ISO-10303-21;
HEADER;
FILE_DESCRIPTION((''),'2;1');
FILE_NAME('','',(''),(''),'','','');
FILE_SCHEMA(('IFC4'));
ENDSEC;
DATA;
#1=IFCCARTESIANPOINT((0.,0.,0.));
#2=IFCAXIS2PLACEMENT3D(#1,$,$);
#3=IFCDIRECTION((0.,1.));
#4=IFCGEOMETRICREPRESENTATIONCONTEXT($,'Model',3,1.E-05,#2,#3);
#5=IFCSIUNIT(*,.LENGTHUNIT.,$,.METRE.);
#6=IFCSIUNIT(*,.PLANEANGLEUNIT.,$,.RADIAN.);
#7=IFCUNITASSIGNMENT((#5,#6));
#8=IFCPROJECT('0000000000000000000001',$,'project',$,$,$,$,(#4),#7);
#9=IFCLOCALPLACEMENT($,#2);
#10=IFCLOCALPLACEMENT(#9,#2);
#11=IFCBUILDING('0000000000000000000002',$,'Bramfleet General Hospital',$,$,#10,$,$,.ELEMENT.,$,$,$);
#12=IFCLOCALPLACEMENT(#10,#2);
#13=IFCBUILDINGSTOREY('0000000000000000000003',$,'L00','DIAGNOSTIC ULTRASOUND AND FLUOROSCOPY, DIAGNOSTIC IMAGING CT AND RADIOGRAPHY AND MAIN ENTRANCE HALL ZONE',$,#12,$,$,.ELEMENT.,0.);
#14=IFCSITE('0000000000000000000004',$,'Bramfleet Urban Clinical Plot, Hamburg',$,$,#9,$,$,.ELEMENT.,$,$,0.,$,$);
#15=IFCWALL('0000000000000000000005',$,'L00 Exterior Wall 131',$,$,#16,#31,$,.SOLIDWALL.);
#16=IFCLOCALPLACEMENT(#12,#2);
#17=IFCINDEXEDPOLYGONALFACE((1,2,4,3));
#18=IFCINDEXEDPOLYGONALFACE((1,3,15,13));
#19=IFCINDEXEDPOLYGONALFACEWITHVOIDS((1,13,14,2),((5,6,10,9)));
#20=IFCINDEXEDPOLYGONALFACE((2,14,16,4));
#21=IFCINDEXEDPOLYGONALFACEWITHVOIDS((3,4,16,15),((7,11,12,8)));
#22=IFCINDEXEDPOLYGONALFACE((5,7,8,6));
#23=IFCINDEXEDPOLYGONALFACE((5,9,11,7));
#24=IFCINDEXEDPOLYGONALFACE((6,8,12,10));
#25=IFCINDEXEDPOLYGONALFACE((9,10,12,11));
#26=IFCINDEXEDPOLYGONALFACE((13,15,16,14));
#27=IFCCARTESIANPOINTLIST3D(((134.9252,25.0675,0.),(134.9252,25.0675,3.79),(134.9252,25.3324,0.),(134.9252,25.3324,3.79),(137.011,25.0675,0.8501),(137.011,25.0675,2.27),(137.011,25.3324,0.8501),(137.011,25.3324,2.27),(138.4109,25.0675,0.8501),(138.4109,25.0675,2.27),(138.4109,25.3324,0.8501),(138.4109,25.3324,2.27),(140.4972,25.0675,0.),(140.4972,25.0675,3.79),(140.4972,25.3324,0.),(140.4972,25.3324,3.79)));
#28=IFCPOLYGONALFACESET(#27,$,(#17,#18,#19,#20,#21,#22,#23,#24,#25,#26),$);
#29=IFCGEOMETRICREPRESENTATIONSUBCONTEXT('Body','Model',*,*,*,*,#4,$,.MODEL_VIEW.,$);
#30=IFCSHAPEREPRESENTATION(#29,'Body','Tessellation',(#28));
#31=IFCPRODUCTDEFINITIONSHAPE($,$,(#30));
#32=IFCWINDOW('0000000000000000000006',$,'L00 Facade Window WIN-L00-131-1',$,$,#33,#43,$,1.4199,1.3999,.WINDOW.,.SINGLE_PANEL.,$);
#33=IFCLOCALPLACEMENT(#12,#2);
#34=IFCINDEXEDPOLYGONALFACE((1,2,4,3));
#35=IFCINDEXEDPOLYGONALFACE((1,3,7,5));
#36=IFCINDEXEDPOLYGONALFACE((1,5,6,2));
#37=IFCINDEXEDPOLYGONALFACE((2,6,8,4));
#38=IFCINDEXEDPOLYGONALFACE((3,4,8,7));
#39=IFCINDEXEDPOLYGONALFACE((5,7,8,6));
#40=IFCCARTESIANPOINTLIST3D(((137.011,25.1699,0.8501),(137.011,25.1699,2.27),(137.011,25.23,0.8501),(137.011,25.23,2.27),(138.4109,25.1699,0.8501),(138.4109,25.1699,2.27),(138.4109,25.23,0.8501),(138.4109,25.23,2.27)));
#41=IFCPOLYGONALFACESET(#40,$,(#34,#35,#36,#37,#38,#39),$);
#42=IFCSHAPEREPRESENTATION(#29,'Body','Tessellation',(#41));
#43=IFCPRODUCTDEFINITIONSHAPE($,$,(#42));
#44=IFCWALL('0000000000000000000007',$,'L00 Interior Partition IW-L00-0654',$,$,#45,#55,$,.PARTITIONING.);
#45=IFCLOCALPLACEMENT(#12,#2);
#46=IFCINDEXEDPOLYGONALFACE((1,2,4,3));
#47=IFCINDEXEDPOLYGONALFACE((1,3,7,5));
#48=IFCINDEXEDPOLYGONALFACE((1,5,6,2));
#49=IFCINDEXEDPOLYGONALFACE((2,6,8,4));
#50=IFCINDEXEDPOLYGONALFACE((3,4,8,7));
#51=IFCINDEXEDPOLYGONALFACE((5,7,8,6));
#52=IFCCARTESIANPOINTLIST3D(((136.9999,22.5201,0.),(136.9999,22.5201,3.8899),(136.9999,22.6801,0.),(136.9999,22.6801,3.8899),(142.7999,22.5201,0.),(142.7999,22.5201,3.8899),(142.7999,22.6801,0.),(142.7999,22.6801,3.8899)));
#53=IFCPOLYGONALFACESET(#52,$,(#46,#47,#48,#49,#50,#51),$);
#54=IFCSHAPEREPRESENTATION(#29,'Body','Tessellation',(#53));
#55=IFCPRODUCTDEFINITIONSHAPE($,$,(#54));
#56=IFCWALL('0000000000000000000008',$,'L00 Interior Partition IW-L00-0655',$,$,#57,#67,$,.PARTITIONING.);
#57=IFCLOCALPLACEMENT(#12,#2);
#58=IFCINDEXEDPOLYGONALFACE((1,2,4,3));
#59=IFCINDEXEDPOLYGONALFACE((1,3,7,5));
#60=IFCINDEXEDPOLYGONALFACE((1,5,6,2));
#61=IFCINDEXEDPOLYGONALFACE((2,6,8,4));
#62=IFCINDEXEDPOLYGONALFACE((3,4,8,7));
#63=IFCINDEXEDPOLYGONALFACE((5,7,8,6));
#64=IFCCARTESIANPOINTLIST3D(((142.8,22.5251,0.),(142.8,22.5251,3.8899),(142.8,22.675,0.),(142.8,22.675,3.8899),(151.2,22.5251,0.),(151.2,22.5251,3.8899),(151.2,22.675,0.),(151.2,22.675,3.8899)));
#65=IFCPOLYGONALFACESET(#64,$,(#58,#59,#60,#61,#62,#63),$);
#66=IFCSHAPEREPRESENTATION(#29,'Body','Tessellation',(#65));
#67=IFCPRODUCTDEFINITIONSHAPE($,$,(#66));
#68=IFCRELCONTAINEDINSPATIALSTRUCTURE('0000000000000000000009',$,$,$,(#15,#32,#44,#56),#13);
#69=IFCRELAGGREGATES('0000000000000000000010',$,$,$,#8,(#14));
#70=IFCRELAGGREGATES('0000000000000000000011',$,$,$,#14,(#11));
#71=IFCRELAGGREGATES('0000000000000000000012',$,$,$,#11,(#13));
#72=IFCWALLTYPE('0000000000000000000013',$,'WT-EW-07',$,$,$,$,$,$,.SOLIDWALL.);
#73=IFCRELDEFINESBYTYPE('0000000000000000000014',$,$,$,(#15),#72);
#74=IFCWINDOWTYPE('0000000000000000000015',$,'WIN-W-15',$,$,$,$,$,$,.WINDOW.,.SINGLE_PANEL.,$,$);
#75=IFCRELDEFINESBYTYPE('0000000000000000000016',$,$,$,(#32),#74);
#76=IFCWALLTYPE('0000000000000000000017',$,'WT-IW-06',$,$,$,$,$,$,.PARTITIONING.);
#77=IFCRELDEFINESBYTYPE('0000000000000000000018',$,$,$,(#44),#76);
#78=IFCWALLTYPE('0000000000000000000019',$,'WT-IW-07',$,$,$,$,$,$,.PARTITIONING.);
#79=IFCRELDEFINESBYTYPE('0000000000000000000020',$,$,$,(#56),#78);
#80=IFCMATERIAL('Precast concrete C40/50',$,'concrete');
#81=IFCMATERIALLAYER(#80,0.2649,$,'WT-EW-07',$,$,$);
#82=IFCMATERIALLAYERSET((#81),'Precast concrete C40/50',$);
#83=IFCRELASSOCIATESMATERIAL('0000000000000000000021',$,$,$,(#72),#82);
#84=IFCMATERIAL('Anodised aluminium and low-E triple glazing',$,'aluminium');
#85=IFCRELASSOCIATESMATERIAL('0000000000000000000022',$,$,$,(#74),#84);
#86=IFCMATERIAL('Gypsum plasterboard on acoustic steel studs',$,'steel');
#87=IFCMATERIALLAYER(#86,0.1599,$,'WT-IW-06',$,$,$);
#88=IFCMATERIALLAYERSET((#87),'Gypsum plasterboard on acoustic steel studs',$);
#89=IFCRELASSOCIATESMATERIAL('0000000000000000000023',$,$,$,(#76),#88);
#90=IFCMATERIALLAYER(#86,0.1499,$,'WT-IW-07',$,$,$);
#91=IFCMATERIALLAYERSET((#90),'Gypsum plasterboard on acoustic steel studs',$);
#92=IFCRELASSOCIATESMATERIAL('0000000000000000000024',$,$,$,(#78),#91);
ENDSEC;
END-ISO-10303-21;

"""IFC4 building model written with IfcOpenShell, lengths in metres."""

from ifc_helpers import new_model, si_unit, direction, frame, frame_2d, origin, place, context, subcontext, project, spatial, rectangle, extrude, material, layer, layer_set, type_object, element, fill, save


model = new_model("IFC4")

# Units and contexts
model_context = context("Model", 3, precision=1e-05, world=origin(), true_north=direction((0.0, 1.0)))
body_context = subcontext(model_context, "Body", "Model", "MODEL_VIEW")
ifc_project = project(units=[si_unit("LENGTHUNIT", "METRE"), si_unit("PLANEANGLEUNIT", "RADIAN")], contexts=[model_context])

# Site, building, storey
site_placement = place(None, origin())
site = spatial("IfcSite", under=ifc_project, at=site_placement, Name="Bramfleet Urban Clinical Plot, Hamburg", CompositionType="ELEMENT", RefElevation=0.0)
building_placement = place(site_placement, origin())
building = spatial("IfcBuilding", under=site, at=building_placement, Name="Bramfleet General Hospital", CompositionType="ELEMENT")
storey_placement = place(building_placement, origin())
storey = spatial("IfcBuildingStorey", under=building, at=storey_placement, Name="L00", Description="DIAGNOSTIC ULTRASOUND AND FLUOROSCOPY, DIAGNOSTIC IMAGING CT AND RADIOGRAPHY AND MAIN ENTRANCE HALL ZONE", CompositionType="ELEMENT", Elevation=0.0)

# Shared definitions
ifc_material_1 = material(Name="Anodised aluminium and low-E triple glazing", Category="aluminium")

# Wall, opening, window
ifc_material_2 = material(Name="Precast concrete C40/50", Category="concrete")
ifc_layer_1 = layer(ifc_material_2, 0.2649, Name="WT-EW-07")
ifc_layer_set_1 = layer_set([ifc_layer_1], Name="Precast concrete C40/50")
wall_type_1 = type_object("IfcWallType", Name="WT-EW-07", PredefinedType="SOLIDWALL", material=ifc_layer_set_1)
wall_1_placement = place(storey_placement, frame((134.925, 25.2, 0.0), z_axis=(0.0, 0.0, 1.0), x_axis=(1.0, 0.0, 0.0)))
wall_1 = element("IfcWall", 1, at=wall_1_placement, inside=storey, type_object=wall_type_1, Name="L00 Exterior Wall 131", PredefinedType="SOLIDWALL", context=body_context, shape_type="SweptSolid", body=[
    extrude(rectangle(XDim=5.572, YDim=0.2649, at=frame_2d((2.7861, 0.0))), origin(), (0.0, 0.0, 1.0), 3.79),
])
opening_1_placement = place(wall_1_placement, frame((2.0859, 0.0, 0.8501)))
opening_1 = element("IfcOpeningElement", 2, at=opening_1_placement, cuts=wall_1, PredefinedType="OPENING", context=body_context, shape_type="SweptSolid", body=[
    extrude(rectangle(XDim=1.3999, YDim=1.4199, at=frame_2d((0.7, 0.71))), frame((0.0, 0.1423, 0.0), z_axis=(0.0, -1.0, 0.0), x_axis=(1.0, 0.0, 0.0)), (0.0, 0.0, 1.0), 0.2849),
])
window_type = type_object("IfcWindowType", Name="WIN-W-15", PartitioningType="SINGLE_PANEL", PredefinedType="WINDOW", material=ifc_material_1)
window_placement = place(opening_1_placement, origin())
window = element("IfcWindow", 3, at=window_placement, inside=storey, type_object=window_type, Name="L00 Facade Window WIN-L00-131-1", OverallHeight=1.4199, OverallWidth=1.3999, PartitioningType="SINGLE_PANEL", PredefinedType="WINDOW", context=body_context, shape_type="SweptSolid", body=[
    extrude(rectangle(XDim=1.3999, YDim=1.4199, at=frame_2d((0.7, 0.71))), frame((0.0, 0.03, 0.0), z_axis=(0.0, -1.0, 0.0), x_axis=(1.0, 0.0, 0.0)), (0.0, 0.0, 1.0), 0.0601),
])
fill(opening_1, window)

# Walls
ifc_material_3 = material(Name="Gypsum plasterboard on acoustic steel studs", Category="steel")
ifc_layer_2 = layer(ifc_material_3, 0.1599, Name="WT-IW-06")
ifc_layer_set_2 = layer_set([ifc_layer_2], Name="Gypsum plasterboard on acoustic steel studs")
wall_type_2 = type_object("IfcWallType", Name="WT-IW-06", PredefinedType="PARTITIONING", material=ifc_layer_set_2)
wall_2_placement = place(storey_placement, frame((137.0, 22.6001, 0.0), z_axis=(0.0, 0.0, 1.0), x_axis=(1.0, 0.0, 0.0)))
element("IfcWall", 4, at=wall_2_placement, inside=storey, type_object=wall_type_2, Name="L00 Interior Partition IW-L00-0654", PredefinedType="PARTITIONING", context=body_context, shape_type="SweptSolid", body=[
    extrude(rectangle(XDim=5.8, YDim=0.1599, at=frame_2d((2.8999, 0.0))), origin(), (0.0, 0.0, 1.0), 3.8899),
])
ifc_layer_3 = layer(ifc_material_3, 0.1499, Name="WT-IW-07")
ifc_layer_set_3 = layer_set([ifc_layer_3], Name="Gypsum plasterboard on acoustic steel studs")
wall_type_3 = type_object("IfcWallType", Name="WT-IW-07", PredefinedType="PARTITIONING", material=ifc_layer_set_3)
wall_3_placement = place(storey_placement, frame((142.8, 22.6001, 0.0), z_axis=(0.0, 0.0, 1.0), x_axis=(1.0, 0.0, 0.0)))
element("IfcWall", 5, at=wall_3_placement, inside=storey, type_object=wall_type_3, Name="L00 Interior Partition IW-L00-0655", PredefinedType="PARTITIONING", context=body_context, shape_type="SweptSolid", body=[
    extrude(rectangle(XDim=8.3999, YDim=0.1499, at=frame_2d((4.2, 0.0))), origin(), (0.0, 0.0, 1.0), 3.8899),
])

save(model, "model.ifc")
